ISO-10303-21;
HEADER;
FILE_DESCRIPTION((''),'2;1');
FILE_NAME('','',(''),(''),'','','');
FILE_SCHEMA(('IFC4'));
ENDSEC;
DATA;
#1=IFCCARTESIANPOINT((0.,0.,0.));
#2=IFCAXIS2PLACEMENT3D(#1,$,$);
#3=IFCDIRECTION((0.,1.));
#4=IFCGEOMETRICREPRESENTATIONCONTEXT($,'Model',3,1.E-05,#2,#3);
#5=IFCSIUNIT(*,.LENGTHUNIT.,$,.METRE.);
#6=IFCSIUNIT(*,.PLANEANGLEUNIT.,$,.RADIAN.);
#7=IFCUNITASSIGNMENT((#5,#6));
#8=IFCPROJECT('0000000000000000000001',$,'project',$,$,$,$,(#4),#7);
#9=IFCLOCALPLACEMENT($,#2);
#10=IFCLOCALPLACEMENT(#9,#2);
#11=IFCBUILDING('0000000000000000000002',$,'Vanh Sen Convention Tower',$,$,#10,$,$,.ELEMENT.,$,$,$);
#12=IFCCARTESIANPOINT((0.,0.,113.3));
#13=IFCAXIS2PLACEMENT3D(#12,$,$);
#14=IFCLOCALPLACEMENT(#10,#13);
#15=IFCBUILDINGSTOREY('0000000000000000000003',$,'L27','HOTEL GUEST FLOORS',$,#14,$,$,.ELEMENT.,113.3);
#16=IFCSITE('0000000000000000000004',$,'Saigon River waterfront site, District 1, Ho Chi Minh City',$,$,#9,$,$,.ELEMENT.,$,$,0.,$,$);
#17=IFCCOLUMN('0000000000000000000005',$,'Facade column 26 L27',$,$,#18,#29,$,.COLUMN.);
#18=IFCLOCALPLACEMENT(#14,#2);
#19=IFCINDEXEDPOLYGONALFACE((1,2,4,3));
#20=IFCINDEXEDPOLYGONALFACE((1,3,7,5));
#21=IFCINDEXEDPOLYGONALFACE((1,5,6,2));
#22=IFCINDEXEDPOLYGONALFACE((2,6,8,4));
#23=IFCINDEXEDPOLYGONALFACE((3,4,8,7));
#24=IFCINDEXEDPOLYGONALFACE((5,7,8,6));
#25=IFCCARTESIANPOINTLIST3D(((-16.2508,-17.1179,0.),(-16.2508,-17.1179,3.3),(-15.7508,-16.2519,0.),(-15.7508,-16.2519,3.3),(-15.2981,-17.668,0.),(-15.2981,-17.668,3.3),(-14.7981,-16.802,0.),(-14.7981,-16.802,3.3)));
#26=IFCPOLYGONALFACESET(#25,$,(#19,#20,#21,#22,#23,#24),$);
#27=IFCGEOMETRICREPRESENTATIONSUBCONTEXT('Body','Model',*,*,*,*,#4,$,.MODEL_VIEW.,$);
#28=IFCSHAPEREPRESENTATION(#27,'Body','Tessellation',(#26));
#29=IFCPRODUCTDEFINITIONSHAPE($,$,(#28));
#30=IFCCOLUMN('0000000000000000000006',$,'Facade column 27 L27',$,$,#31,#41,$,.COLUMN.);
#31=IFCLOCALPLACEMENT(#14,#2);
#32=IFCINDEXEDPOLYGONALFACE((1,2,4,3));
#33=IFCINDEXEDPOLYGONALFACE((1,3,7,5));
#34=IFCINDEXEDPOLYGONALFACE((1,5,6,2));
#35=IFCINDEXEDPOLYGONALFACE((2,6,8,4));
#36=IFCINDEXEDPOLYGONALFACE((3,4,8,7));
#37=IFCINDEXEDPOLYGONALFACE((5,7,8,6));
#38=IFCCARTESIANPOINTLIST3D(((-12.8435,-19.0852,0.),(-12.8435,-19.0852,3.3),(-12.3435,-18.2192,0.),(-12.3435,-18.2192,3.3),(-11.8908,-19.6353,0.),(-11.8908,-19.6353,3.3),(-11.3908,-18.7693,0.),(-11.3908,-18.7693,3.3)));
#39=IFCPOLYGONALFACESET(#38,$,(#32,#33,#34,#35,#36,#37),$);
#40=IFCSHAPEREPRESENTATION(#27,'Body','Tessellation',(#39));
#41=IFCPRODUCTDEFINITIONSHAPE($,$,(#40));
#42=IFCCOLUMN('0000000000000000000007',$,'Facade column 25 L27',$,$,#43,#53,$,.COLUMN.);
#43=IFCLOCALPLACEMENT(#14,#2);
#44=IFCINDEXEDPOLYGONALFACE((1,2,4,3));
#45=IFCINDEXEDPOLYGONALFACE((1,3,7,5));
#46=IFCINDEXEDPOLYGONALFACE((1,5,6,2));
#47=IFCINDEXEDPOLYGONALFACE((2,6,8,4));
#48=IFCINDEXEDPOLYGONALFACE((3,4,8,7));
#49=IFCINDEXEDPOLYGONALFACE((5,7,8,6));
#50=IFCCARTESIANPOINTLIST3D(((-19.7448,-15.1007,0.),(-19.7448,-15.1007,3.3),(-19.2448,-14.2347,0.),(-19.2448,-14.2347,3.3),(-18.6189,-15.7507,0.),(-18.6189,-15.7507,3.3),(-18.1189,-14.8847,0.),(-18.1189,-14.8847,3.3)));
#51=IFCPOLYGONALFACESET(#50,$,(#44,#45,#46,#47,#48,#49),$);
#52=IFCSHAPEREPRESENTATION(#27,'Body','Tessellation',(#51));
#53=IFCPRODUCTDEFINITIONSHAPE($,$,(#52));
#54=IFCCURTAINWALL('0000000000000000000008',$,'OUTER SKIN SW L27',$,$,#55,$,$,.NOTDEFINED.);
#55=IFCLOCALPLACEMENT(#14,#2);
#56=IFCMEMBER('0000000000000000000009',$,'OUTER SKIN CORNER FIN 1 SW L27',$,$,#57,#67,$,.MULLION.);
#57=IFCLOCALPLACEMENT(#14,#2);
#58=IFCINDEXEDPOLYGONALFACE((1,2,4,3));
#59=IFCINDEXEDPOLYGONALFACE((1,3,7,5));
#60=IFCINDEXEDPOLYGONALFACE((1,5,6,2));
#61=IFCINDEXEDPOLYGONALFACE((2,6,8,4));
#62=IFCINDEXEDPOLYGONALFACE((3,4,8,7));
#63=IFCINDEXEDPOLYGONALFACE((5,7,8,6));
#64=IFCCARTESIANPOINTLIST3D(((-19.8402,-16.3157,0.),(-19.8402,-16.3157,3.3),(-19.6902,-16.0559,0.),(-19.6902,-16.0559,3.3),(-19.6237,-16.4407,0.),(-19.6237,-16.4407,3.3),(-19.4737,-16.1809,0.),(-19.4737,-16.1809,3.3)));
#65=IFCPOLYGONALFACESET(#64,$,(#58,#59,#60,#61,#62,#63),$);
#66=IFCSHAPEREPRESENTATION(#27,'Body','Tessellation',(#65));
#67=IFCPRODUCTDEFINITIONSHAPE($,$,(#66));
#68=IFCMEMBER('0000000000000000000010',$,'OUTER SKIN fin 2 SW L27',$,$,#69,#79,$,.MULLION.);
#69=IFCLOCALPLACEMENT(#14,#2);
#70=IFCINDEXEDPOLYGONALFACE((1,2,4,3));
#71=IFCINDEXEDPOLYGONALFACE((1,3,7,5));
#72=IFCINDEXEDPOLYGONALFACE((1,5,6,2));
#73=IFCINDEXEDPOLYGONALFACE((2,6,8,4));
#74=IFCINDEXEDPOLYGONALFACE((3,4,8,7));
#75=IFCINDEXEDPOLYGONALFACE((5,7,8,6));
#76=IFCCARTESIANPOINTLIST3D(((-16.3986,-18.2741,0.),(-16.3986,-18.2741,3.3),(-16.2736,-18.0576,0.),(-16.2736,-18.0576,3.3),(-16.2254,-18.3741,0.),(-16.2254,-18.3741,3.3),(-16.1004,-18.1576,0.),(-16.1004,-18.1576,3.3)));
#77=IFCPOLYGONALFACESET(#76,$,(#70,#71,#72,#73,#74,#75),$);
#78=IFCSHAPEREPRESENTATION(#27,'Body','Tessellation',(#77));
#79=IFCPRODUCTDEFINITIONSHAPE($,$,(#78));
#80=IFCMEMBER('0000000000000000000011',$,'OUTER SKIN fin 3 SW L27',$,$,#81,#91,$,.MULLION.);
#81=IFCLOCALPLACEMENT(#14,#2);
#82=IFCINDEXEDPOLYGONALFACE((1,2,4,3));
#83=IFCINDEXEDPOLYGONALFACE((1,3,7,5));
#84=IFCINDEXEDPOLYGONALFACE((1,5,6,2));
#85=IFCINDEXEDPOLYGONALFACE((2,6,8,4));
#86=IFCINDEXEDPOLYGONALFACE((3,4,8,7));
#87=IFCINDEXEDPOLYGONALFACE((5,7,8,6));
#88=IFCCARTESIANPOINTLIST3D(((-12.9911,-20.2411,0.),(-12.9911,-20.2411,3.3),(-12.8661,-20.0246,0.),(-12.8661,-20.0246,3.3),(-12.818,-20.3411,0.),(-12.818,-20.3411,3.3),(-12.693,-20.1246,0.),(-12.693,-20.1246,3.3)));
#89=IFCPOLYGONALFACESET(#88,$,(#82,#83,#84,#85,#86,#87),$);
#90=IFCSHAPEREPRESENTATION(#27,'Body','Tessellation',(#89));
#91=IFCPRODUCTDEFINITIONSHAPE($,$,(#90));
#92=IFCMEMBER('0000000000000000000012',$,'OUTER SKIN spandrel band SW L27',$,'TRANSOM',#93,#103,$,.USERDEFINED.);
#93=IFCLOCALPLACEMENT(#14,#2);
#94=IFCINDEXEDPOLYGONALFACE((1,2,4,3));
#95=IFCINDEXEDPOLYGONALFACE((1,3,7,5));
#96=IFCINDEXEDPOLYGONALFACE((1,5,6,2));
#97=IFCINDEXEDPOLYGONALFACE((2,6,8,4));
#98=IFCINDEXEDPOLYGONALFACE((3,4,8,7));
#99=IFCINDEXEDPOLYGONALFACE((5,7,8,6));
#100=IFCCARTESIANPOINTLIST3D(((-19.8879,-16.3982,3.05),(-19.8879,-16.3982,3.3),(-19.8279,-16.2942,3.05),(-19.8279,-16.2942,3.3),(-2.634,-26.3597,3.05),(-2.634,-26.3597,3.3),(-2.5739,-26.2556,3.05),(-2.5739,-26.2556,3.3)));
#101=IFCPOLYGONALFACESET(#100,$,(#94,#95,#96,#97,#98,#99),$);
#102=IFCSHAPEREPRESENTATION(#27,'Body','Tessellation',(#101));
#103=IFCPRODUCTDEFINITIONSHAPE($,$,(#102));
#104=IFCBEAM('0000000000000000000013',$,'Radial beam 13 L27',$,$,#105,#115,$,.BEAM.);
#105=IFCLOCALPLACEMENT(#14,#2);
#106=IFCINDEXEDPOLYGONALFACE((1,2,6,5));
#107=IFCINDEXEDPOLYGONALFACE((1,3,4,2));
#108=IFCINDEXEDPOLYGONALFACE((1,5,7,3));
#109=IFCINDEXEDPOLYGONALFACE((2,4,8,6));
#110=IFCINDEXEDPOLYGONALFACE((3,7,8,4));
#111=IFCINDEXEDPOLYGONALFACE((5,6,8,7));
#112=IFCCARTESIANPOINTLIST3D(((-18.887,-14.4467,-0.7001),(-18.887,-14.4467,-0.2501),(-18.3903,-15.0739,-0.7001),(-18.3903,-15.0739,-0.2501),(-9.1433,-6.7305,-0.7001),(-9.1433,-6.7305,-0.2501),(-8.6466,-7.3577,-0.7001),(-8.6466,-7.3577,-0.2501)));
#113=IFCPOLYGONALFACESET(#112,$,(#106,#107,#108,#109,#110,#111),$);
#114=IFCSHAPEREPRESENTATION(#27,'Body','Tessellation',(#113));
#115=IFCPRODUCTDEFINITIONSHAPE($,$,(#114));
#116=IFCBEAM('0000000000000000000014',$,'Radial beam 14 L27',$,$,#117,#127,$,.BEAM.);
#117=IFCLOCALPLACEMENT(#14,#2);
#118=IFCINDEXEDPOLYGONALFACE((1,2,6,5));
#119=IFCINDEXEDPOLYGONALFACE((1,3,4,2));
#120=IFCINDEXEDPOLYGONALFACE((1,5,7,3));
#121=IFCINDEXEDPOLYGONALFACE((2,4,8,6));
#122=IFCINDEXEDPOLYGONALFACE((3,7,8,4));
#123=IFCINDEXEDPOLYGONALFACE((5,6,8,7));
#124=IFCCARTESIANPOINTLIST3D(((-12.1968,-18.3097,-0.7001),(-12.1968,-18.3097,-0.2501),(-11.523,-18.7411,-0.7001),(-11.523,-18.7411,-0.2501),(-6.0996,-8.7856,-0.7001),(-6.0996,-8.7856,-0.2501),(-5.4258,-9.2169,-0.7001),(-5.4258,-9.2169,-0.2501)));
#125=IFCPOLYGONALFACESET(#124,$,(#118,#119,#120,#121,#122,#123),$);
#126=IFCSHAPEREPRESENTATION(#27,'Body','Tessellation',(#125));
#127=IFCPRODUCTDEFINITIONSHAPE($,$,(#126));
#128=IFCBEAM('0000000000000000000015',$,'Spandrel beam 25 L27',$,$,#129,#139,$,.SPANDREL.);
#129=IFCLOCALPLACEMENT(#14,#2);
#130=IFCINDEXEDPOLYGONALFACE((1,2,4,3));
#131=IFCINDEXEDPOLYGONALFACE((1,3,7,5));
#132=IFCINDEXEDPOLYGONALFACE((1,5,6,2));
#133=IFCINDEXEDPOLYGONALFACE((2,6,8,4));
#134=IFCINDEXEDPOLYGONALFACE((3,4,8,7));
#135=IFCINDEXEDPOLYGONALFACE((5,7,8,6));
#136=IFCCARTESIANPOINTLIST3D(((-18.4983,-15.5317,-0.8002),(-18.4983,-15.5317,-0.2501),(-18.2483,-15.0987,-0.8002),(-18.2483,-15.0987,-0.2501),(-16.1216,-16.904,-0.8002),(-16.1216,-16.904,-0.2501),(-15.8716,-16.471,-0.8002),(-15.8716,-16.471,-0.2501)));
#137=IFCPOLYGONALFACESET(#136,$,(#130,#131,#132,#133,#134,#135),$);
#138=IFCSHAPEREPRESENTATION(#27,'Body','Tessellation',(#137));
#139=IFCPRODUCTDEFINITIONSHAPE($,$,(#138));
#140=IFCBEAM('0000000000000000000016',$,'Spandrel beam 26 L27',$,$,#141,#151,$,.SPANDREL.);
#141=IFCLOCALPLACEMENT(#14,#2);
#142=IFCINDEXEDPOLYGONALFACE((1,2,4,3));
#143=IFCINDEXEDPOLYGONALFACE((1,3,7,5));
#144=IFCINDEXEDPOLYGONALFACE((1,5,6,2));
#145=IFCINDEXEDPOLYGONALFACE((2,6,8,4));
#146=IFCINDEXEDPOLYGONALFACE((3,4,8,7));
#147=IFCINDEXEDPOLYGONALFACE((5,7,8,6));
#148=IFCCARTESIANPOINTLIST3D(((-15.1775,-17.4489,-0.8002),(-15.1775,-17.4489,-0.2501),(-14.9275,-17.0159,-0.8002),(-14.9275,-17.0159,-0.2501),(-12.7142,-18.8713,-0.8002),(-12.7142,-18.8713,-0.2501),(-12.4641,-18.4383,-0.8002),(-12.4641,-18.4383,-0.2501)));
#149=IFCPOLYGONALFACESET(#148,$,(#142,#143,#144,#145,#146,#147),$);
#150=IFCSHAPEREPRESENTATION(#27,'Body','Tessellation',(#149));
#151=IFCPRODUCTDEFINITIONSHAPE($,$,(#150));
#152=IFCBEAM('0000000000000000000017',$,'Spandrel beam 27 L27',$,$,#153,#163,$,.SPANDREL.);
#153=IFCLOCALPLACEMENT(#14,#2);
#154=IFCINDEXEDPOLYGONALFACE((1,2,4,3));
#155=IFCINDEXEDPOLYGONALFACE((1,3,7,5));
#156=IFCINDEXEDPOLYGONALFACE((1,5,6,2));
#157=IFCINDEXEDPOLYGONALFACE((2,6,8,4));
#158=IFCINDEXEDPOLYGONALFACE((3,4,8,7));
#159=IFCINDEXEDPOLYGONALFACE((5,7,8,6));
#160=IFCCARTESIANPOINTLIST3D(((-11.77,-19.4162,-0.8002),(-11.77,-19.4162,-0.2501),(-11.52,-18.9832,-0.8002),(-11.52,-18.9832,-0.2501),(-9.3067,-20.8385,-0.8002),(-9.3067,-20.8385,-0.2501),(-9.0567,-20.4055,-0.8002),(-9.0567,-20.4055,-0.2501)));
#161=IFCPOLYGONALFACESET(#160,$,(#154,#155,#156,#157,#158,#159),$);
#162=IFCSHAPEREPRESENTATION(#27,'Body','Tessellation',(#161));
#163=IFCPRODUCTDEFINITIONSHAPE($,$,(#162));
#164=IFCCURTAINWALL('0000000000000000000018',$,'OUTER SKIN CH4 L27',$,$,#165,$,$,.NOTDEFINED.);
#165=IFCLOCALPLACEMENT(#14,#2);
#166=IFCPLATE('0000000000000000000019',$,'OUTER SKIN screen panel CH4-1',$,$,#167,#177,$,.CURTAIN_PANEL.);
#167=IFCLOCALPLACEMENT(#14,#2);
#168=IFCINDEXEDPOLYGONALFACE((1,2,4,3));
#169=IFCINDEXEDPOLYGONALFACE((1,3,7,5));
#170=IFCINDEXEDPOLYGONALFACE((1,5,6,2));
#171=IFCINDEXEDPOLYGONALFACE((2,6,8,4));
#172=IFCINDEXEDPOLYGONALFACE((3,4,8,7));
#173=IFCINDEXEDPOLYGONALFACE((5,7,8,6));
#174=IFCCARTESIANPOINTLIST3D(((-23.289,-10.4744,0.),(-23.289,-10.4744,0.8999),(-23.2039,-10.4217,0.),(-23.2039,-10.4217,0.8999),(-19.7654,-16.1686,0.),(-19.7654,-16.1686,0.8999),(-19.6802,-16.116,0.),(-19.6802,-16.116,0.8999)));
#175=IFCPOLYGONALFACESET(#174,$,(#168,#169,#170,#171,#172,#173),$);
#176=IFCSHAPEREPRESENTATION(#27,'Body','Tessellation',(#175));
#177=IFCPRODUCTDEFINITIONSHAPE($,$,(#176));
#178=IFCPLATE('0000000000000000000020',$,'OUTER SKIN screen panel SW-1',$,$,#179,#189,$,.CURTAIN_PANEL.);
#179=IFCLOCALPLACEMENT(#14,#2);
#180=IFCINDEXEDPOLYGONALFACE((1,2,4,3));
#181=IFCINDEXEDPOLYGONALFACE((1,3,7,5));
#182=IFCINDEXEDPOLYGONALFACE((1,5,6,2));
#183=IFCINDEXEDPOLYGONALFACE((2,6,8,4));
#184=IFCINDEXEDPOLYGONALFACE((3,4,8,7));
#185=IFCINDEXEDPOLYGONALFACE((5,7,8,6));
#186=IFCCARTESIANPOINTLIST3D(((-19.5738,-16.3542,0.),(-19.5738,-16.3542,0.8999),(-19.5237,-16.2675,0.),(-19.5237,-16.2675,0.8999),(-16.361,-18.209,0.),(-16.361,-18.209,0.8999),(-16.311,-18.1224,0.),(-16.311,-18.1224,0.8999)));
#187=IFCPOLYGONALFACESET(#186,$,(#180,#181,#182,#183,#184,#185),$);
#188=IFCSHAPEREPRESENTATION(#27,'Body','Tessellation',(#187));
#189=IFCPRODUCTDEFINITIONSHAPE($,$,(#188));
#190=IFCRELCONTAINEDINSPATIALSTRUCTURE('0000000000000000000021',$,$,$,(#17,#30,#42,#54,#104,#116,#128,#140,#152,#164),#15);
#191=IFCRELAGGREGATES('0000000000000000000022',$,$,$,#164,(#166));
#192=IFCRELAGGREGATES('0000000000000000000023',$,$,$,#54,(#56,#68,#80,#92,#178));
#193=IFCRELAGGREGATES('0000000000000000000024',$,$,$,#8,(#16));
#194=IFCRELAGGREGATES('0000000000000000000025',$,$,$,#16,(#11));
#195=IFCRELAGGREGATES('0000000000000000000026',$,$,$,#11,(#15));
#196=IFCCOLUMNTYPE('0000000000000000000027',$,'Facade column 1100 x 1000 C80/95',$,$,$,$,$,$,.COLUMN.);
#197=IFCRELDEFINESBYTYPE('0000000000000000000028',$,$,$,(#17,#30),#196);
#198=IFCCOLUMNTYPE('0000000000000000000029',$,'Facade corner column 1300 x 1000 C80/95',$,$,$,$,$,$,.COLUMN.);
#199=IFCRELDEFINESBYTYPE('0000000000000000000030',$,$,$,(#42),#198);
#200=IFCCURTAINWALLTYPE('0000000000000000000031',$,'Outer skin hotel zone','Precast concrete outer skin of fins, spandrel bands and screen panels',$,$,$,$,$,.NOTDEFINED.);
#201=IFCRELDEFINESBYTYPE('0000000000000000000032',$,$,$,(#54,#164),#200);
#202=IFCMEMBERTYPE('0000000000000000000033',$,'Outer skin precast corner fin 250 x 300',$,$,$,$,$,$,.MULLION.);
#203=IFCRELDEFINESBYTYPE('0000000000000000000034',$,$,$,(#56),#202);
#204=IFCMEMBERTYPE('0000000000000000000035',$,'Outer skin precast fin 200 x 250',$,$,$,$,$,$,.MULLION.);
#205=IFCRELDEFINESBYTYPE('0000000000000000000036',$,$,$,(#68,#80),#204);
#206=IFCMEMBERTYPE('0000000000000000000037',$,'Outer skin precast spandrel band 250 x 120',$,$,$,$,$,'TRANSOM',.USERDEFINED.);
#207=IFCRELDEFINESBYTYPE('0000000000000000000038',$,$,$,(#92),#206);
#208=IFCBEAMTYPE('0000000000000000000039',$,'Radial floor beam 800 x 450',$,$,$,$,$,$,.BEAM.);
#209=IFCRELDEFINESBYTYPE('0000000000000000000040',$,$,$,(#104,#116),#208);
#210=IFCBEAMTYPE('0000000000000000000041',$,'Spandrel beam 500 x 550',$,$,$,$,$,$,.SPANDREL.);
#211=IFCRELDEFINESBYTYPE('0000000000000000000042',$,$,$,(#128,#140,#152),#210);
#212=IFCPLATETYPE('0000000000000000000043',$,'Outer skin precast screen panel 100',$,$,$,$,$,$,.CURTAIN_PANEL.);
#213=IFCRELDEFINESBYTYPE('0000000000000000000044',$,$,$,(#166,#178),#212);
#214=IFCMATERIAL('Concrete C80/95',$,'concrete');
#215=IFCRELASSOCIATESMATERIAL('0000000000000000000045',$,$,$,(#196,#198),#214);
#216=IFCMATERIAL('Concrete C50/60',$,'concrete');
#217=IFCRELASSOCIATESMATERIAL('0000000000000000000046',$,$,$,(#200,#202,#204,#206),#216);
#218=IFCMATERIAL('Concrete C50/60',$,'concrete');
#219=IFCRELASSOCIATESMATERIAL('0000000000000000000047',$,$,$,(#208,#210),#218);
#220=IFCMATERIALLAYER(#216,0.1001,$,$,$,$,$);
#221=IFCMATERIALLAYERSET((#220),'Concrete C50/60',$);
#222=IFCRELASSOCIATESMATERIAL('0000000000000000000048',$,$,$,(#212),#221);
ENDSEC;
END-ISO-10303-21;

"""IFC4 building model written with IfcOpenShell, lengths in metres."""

from ifc_helpers import new_model, si_unit, direction, frame, origin, origin_2d, place, context, subcontext, project, spatial, rectangle, extrude, material, layer, layer_set, material_profile, profile_set, type_object, element, aggregate, save


model = new_model("IFC4")

# Units and contexts
model_context = context("Model", 3, precision=1e-05, world=origin(), true_north=direction((0.0, 1.0)))
body_context = subcontext(model_context, "Body", "Model", "MODEL_VIEW")
ifc_project = project(units=[si_unit("LENGTHUNIT", "METRE"), si_unit("PLANEANGLEUNIT", "RADIAN")], contexts=[model_context])

# Site, building, storey
site_placement = place(None, origin())
site = spatial("IfcSite", under=ifc_project, at=site_placement, Name="Saigon River waterfront site, District 1, Ho Chi Minh City", CompositionType="ELEMENT", RefElevation=0.0)
building_placement = place(site_placement, origin())
building = spatial("IfcBuilding", under=site, at=building_placement, Name="Vanh Sen Convention Tower", CompositionType="ELEMENT")
storey_placement = place(building_placement, frame((0.0, 0.0, 113.3)))
storey = spatial("IfcBuildingStorey", under=building, at=storey_placement, Name="L27", Description="HOTEL GUEST FLOORS", CompositionType="ELEMENT", Elevation=113.3)

# Columns
ifc_material_1 = material(Name="Concrete C80/95", Category="concrete")
ifc_material_profile_1 = material_profile(ifc_material_1, rectangle(XDim=1.1001, YDim=1.0, at=origin_2d()), Name="RC 1100X1000")
ifc_profile_set_1 = profile_set([ifc_material_profile_1], Name="Concrete C80/95")
column_type_1 = type_object("IfcColumnType", Name="Facade column 1100 x 1000 C80/95", PredefinedType="COLUMN", material=ifc_profile_set_1)
for number, where, z_axis, x_axis, name in (
    (1, (-15.5244, -16.96, 0.0), (0.0, 0.0, 1.0), (0.866025, -0.5, 0.0), "Facade column 26 L27"),
    (2, (-12.1172, -18.9272, 0.0), (0.0, 0.0, 1.0), (0.866025, -0.5, 0.0), "Facade column 27 L27"),
):
    element("IfcColumn", number, at=place(storey_placement, frame(where, z_axis=z_axis, x_axis=x_axis)), inside=storey, type_object=column_type_1, Name=name, PredefinedType="COLUMN", context=body_context, shape_type="SweptSolid", body=[
        extrude(rectangle(XDim=1.1001, YDim=1.0, at=origin_2d()), origin(), (0.0, 0.0, 1.0), 3.3),
    ])
ifc_material_profile_2 = material_profile(ifc_material_1, rectangle(XDim=1.3, YDim=1.0, at=origin_2d()), Name="RC 1300X1000")
ifc_profile_set_2 = profile_set([ifc_material_profile_2], Name="Concrete C80/95")
column_type_2 = type_object("IfcColumnType", Name="Facade corner column 1300 x 1000 C80/95", PredefinedType="COLUMN", material=ifc_profile_set_2)
column_placement = place(storey_placement, frame((-18.9319, -14.9927, 0.0), z_axis=(0.0, 0.0, 1.0), x_axis=(0.866025, -0.5, 0.0)))
element("IfcColumn", 3, at=column_placement, inside=storey, type_object=column_type_2, Name="Facade column 25 L27", PredefinedType="COLUMN", context=body_context, shape_type="SweptSolid", body=[
    extrude(rectangle(XDim=1.3, YDim=1.0, at=origin_2d()), origin(), (0.0, 0.0, 1.0), 3.3),
])

# Curtain wall, members
ifc_material_2 = material(Name="Concrete C50/60", Category="concrete")
curtain_wall_type = type_object("IfcCurtainWallType", Name="Outer skin hotel zone", Description="Precast concrete outer skin of fins, spandrel bands and screen panels", PredefinedType="NOTDEFINED", material=ifc_material_2)
curtain_wall_1_placement = place(storey_placement, origin())
curtain_wall_1 = element("IfcCurtainWall", 4, at=curtain_wall_1_placement, inside=storey, type_object=curtain_wall_type, Name="OUTER SKIN SW L27", PredefinedType="NOTDEFINED")
ifc_material_profile_3 = material_profile(ifc_material_2, rectangle(XDim=0.25, YDim=0.3, at=origin_2d()), Name="Outer skin precast corner fin 250 x 300")
ifc_profile_set_3 = profile_set([ifc_material_profile_3], Name="Concrete C50/60")
member_type_1 = type_object("IfcMemberType", Name="Outer skin precast corner fin 250 x 300", PredefinedType="MULLION", material=ifc_profile_set_3)
member_1_placement = place(storey_placement, frame((-19.657, -16.2483, 0.0), z_axis=(0.0, 0.0, 1.0), x_axis=(0.866025, -0.5, 0.0)))
member_1 = element("IfcMember", 5, at=member_1_placement, type_object=member_type_1, Name="OUTER SKIN CORNER FIN 1 SW L27", PredefinedType="MULLION", context=body_context, shape_type="SweptSolid", body=[
    extrude(rectangle(XDim=0.25, YDim=0.3, at=origin_2d()), origin(), (0.0, 0.0, 1.0), 3.3),
])
ifc_material_profile_4 = material_profile(ifc_material_2, rectangle(XDim=0.2, YDim=0.25, at=origin_2d()), Name="Outer skin precast fin 200 x 250")
ifc_profile_set_4 = profile_set([ifc_material_profile_4], Name="Concrete C50/60")
member_type_2 = type_object("IfcMemberType", Name="Outer skin precast fin 200 x 250", PredefinedType="MULLION", material=ifc_profile_set_4)
member_2_placement = place(storey_placement, frame((-16.2495, -18.2158, 0.0), z_axis=(0.0, 0.0, 1.0), x_axis=(0.866025, -0.5, 0.0)))
member_2 = element("IfcMember", 6, at=member_2_placement, type_object=member_type_2, Name="OUTER SKIN fin 2 SW L27", PredefinedType="MULLION", context=body_context, shape_type="SweptSolid", body=[
    extrude(rectangle(XDim=0.2, YDim=0.25, at=origin_2d()), origin(), (0.0, 0.0, 1.0), 3.3),
])
member_3_placement = place(storey_placement, frame((-12.842, -20.1829, 0.0), z_axis=(0.0, 0.0, 1.0), x_axis=(0.866025, -0.5, 0.0)))
member_3 = element("IfcMember", 7, at=member_3_placement, type_object=member_type_2, Name="OUTER SKIN fin 3 SW L27", PredefinedType="MULLION", context=body_context, shape_type="SweptSolid", body=[
    extrude(rectangle(XDim=0.2, YDim=0.25, at=origin_2d()), origin(), (0.0, 0.0, 1.0), 3.3),
])
ifc_material_profile_5 = material_profile(ifc_material_2, rectangle(XDim=0.1201, YDim=0.25, at=origin_2d()), Name="Outer skin precast spandrel band 250 x 120")
ifc_profile_set_5 = profile_set([ifc_material_profile_5], Name="Concrete C50/60")
member_type_3 = type_object("IfcMemberType", Name="Outer skin precast spandrel band 250 x 120", ElementType="TRANSOM", PredefinedType="USERDEFINED", material=ifc_profile_set_5)
member_4_placement = place(storey_placement, frame((-19.8579, -16.3462, 3.175), z_axis=(0.866028, -0.499995, 0.0), x_axis=(0.499995, 0.866028, 0.0)))
member_4 = element("IfcMember", 8, at=member_4_placement, type_object=member_type_3, Name="OUTER SKIN spandrel band SW L27", ObjectType="TRANSOM", PredefinedType="USERDEFINED", context=body_context, shape_type="SweptSolid", body=[
    extrude(rectangle(XDim=0.1201, YDim=0.25, at=origin_2d()), origin(), (0.0, 0.0, 1.0), 19.9231),
])

# Beams
ifc_material_3 = material(Name="Concrete C50/60", Category="concrete")
ifc_material_profile_6 = material_profile(ifc_material_3, rectangle(XDim=0.8, YDim=0.45, at=origin_2d()), Name="RC 800X450")
ifc_profile_set_6 = profile_set([ifc_material_profile_6], Name="Concrete C50/60")
beam_type_1 = type_object("IfcBeamType", Name="Radial floor beam 800 x 450", PredefinedType="BEAM", material=ifc_profile_set_6)
beam_1_placement = place(storey_placement, frame((-18.6387, -14.7603, -0.4751), z_axis=(0.783954, 0.620819, 0.0), x_axis=(-0.620819, 0.783954, 0.0)))
element("IfcBeam", 9, at=beam_1_placement, inside=storey, type_object=beam_type_1, Name="Radial beam 13 L27", PredefinedType="BEAM", context=body_context, shape_type="SweptSolid", body=[
    extrude(rectangle(XDim=0.8, YDim=0.45, at=origin_2d()), origin(), (0.0, 0.0, 1.0), 12.429),
])
beam_2_placement = place(storey_placement, frame((-11.8599, -18.5254, -0.4751), z_axis=(0.53916, 0.842203, 0.0), x_axis=(-0.842203, 0.53916, 0.0)))
element("IfcBeam", 10, at=beam_2_placement, inside=storey, type_object=beam_type_1, Name="Radial beam 14 L27", PredefinedType="BEAM", context=body_context, shape_type="SweptSolid", body=[
    extrude(rectangle(XDim=0.8, YDim=0.45, at=origin_2d()), origin(), (0.0, 0.0, 1.0), 11.3086),
])
ifc_material_profile_7 = material_profile(ifc_material_3, rectangle(XDim=0.5, YDim=0.55, at=origin_2d()), Name="RC 500X550")
ifc_profile_set_7 = profile_set([ifc_material_profile_7], Name="Concrete C50/60")
beam_type_2 = type_object("IfcBeamType", Name="Spandrel beam 500 x 550", PredefinedType="SPANDREL", material=ifc_profile_set_7)
beam_3_placement = place(storey_placement, frame((-18.3733, -15.3152, -0.5251), z_axis=(0.866006, -0.500033, 0.0), x_axis=(0.500033, 0.866006, 0.0)))
element("IfcBeam", 11, at=beam_3_placement, inside=storey, type_object=beam_type_2, Name="Spandrel beam 25 L27", PredefinedType="SPANDREL", context=body_context, shape_type="SweptSolid", body=[
    extrude(rectangle(XDim=0.5, YDim=0.55, at=origin_2d()), origin(), (0.0, 0.0, 1.0), 2.7444),
])
for number, where, z_axis, x_axis, name in (
    (12, (-15.0525, -17.2324, -0.5251), (0.866005, -0.500034, 0.0), (0.500034, 0.866005, 0.0), "Spandrel beam 26 L27"),
    (13, (-11.645, -19.1997, -0.5251), (0.866005, -0.500034, 0.0), (0.500034, 0.866005, 0.0), "Spandrel beam 27 L27"),
):
    element("IfcBeam", number, at=place(storey_placement, frame(where, z_axis=z_axis, x_axis=x_axis)), inside=storey, type_object=beam_type_2, Name=name, PredefinedType="SPANDREL", context=body_context, shape_type="SweptSolid", body=[
        extrude(rectangle(XDim=0.5, YDim=0.55, at=origin_2d()), origin(), (0.0, 0.0, 1.0), 2.8445),
    ])

# Curtain wall, plate
curtain_wall_2_placement = place(storey_placement, origin())
curtain_wall_2 = element("IfcCurtainWall", 14, at=curtain_wall_2_placement, inside=storey, type_object=curtain_wall_type, Name="OUTER SKIN CH4 L27", PredefinedType="NOTDEFINED")
ifc_layer_1 = layer(ifc_material_2, 0.1001)
ifc_layer_set_1 = layer_set([ifc_layer_1], Name="Concrete C50/60")
plate_type = type_object("IfcPlateType", Name="Outer skin precast screen panel 100", PredefinedType="CURTAIN_PANEL", material=ifc_layer_set_1)
plate_1_placement = place(storey_placement, frame((-21.4846, -13.2952, 0.0), z_axis=(0.0, 0.0, 1.0), x_axis=(0.526205, -0.850358, 0.0)))
plate_1 = element("IfcPlate", 15, at=plate_1_placement, type_object=plate_type, Name="OUTER SKIN screen panel CH4-1", PredefinedType="CURTAIN_PANEL", context=body_context, shape_type="SweptSolid", body=[
    extrude(rectangle(XDim=6.6963, YDim=0.1001, at=origin_2d()), origin(), (0.0, 0.0, 1.0), 0.8999),
])
aggregate(curtain_wall_2, [plate_1])

# Plate
plate_2_placement = place(storey_placement, frame((-17.9424, -17.2383, 0.0), z_axis=(0.0, 0.0, 1.0), x_axis=(0.866028, -0.499995, 0.0)))
plate_2 = element("IfcPlate", 16, at=plate_2_placement, type_object=plate_type, Name="OUTER SKIN screen panel SW-1", PredefinedType="CURTAIN_PANEL", context=body_context, shape_type="SweptSolid", body=[
    extrude(rectangle(XDim=3.7097, YDim=0.1001, at=origin_2d()), origin(), (0.0, 0.0, 1.0), 0.8999),
])
aggregate(curtain_wall_1, [member_1, member_2, member_3, member_4, plate_2])

save(model, "model.ifc")
